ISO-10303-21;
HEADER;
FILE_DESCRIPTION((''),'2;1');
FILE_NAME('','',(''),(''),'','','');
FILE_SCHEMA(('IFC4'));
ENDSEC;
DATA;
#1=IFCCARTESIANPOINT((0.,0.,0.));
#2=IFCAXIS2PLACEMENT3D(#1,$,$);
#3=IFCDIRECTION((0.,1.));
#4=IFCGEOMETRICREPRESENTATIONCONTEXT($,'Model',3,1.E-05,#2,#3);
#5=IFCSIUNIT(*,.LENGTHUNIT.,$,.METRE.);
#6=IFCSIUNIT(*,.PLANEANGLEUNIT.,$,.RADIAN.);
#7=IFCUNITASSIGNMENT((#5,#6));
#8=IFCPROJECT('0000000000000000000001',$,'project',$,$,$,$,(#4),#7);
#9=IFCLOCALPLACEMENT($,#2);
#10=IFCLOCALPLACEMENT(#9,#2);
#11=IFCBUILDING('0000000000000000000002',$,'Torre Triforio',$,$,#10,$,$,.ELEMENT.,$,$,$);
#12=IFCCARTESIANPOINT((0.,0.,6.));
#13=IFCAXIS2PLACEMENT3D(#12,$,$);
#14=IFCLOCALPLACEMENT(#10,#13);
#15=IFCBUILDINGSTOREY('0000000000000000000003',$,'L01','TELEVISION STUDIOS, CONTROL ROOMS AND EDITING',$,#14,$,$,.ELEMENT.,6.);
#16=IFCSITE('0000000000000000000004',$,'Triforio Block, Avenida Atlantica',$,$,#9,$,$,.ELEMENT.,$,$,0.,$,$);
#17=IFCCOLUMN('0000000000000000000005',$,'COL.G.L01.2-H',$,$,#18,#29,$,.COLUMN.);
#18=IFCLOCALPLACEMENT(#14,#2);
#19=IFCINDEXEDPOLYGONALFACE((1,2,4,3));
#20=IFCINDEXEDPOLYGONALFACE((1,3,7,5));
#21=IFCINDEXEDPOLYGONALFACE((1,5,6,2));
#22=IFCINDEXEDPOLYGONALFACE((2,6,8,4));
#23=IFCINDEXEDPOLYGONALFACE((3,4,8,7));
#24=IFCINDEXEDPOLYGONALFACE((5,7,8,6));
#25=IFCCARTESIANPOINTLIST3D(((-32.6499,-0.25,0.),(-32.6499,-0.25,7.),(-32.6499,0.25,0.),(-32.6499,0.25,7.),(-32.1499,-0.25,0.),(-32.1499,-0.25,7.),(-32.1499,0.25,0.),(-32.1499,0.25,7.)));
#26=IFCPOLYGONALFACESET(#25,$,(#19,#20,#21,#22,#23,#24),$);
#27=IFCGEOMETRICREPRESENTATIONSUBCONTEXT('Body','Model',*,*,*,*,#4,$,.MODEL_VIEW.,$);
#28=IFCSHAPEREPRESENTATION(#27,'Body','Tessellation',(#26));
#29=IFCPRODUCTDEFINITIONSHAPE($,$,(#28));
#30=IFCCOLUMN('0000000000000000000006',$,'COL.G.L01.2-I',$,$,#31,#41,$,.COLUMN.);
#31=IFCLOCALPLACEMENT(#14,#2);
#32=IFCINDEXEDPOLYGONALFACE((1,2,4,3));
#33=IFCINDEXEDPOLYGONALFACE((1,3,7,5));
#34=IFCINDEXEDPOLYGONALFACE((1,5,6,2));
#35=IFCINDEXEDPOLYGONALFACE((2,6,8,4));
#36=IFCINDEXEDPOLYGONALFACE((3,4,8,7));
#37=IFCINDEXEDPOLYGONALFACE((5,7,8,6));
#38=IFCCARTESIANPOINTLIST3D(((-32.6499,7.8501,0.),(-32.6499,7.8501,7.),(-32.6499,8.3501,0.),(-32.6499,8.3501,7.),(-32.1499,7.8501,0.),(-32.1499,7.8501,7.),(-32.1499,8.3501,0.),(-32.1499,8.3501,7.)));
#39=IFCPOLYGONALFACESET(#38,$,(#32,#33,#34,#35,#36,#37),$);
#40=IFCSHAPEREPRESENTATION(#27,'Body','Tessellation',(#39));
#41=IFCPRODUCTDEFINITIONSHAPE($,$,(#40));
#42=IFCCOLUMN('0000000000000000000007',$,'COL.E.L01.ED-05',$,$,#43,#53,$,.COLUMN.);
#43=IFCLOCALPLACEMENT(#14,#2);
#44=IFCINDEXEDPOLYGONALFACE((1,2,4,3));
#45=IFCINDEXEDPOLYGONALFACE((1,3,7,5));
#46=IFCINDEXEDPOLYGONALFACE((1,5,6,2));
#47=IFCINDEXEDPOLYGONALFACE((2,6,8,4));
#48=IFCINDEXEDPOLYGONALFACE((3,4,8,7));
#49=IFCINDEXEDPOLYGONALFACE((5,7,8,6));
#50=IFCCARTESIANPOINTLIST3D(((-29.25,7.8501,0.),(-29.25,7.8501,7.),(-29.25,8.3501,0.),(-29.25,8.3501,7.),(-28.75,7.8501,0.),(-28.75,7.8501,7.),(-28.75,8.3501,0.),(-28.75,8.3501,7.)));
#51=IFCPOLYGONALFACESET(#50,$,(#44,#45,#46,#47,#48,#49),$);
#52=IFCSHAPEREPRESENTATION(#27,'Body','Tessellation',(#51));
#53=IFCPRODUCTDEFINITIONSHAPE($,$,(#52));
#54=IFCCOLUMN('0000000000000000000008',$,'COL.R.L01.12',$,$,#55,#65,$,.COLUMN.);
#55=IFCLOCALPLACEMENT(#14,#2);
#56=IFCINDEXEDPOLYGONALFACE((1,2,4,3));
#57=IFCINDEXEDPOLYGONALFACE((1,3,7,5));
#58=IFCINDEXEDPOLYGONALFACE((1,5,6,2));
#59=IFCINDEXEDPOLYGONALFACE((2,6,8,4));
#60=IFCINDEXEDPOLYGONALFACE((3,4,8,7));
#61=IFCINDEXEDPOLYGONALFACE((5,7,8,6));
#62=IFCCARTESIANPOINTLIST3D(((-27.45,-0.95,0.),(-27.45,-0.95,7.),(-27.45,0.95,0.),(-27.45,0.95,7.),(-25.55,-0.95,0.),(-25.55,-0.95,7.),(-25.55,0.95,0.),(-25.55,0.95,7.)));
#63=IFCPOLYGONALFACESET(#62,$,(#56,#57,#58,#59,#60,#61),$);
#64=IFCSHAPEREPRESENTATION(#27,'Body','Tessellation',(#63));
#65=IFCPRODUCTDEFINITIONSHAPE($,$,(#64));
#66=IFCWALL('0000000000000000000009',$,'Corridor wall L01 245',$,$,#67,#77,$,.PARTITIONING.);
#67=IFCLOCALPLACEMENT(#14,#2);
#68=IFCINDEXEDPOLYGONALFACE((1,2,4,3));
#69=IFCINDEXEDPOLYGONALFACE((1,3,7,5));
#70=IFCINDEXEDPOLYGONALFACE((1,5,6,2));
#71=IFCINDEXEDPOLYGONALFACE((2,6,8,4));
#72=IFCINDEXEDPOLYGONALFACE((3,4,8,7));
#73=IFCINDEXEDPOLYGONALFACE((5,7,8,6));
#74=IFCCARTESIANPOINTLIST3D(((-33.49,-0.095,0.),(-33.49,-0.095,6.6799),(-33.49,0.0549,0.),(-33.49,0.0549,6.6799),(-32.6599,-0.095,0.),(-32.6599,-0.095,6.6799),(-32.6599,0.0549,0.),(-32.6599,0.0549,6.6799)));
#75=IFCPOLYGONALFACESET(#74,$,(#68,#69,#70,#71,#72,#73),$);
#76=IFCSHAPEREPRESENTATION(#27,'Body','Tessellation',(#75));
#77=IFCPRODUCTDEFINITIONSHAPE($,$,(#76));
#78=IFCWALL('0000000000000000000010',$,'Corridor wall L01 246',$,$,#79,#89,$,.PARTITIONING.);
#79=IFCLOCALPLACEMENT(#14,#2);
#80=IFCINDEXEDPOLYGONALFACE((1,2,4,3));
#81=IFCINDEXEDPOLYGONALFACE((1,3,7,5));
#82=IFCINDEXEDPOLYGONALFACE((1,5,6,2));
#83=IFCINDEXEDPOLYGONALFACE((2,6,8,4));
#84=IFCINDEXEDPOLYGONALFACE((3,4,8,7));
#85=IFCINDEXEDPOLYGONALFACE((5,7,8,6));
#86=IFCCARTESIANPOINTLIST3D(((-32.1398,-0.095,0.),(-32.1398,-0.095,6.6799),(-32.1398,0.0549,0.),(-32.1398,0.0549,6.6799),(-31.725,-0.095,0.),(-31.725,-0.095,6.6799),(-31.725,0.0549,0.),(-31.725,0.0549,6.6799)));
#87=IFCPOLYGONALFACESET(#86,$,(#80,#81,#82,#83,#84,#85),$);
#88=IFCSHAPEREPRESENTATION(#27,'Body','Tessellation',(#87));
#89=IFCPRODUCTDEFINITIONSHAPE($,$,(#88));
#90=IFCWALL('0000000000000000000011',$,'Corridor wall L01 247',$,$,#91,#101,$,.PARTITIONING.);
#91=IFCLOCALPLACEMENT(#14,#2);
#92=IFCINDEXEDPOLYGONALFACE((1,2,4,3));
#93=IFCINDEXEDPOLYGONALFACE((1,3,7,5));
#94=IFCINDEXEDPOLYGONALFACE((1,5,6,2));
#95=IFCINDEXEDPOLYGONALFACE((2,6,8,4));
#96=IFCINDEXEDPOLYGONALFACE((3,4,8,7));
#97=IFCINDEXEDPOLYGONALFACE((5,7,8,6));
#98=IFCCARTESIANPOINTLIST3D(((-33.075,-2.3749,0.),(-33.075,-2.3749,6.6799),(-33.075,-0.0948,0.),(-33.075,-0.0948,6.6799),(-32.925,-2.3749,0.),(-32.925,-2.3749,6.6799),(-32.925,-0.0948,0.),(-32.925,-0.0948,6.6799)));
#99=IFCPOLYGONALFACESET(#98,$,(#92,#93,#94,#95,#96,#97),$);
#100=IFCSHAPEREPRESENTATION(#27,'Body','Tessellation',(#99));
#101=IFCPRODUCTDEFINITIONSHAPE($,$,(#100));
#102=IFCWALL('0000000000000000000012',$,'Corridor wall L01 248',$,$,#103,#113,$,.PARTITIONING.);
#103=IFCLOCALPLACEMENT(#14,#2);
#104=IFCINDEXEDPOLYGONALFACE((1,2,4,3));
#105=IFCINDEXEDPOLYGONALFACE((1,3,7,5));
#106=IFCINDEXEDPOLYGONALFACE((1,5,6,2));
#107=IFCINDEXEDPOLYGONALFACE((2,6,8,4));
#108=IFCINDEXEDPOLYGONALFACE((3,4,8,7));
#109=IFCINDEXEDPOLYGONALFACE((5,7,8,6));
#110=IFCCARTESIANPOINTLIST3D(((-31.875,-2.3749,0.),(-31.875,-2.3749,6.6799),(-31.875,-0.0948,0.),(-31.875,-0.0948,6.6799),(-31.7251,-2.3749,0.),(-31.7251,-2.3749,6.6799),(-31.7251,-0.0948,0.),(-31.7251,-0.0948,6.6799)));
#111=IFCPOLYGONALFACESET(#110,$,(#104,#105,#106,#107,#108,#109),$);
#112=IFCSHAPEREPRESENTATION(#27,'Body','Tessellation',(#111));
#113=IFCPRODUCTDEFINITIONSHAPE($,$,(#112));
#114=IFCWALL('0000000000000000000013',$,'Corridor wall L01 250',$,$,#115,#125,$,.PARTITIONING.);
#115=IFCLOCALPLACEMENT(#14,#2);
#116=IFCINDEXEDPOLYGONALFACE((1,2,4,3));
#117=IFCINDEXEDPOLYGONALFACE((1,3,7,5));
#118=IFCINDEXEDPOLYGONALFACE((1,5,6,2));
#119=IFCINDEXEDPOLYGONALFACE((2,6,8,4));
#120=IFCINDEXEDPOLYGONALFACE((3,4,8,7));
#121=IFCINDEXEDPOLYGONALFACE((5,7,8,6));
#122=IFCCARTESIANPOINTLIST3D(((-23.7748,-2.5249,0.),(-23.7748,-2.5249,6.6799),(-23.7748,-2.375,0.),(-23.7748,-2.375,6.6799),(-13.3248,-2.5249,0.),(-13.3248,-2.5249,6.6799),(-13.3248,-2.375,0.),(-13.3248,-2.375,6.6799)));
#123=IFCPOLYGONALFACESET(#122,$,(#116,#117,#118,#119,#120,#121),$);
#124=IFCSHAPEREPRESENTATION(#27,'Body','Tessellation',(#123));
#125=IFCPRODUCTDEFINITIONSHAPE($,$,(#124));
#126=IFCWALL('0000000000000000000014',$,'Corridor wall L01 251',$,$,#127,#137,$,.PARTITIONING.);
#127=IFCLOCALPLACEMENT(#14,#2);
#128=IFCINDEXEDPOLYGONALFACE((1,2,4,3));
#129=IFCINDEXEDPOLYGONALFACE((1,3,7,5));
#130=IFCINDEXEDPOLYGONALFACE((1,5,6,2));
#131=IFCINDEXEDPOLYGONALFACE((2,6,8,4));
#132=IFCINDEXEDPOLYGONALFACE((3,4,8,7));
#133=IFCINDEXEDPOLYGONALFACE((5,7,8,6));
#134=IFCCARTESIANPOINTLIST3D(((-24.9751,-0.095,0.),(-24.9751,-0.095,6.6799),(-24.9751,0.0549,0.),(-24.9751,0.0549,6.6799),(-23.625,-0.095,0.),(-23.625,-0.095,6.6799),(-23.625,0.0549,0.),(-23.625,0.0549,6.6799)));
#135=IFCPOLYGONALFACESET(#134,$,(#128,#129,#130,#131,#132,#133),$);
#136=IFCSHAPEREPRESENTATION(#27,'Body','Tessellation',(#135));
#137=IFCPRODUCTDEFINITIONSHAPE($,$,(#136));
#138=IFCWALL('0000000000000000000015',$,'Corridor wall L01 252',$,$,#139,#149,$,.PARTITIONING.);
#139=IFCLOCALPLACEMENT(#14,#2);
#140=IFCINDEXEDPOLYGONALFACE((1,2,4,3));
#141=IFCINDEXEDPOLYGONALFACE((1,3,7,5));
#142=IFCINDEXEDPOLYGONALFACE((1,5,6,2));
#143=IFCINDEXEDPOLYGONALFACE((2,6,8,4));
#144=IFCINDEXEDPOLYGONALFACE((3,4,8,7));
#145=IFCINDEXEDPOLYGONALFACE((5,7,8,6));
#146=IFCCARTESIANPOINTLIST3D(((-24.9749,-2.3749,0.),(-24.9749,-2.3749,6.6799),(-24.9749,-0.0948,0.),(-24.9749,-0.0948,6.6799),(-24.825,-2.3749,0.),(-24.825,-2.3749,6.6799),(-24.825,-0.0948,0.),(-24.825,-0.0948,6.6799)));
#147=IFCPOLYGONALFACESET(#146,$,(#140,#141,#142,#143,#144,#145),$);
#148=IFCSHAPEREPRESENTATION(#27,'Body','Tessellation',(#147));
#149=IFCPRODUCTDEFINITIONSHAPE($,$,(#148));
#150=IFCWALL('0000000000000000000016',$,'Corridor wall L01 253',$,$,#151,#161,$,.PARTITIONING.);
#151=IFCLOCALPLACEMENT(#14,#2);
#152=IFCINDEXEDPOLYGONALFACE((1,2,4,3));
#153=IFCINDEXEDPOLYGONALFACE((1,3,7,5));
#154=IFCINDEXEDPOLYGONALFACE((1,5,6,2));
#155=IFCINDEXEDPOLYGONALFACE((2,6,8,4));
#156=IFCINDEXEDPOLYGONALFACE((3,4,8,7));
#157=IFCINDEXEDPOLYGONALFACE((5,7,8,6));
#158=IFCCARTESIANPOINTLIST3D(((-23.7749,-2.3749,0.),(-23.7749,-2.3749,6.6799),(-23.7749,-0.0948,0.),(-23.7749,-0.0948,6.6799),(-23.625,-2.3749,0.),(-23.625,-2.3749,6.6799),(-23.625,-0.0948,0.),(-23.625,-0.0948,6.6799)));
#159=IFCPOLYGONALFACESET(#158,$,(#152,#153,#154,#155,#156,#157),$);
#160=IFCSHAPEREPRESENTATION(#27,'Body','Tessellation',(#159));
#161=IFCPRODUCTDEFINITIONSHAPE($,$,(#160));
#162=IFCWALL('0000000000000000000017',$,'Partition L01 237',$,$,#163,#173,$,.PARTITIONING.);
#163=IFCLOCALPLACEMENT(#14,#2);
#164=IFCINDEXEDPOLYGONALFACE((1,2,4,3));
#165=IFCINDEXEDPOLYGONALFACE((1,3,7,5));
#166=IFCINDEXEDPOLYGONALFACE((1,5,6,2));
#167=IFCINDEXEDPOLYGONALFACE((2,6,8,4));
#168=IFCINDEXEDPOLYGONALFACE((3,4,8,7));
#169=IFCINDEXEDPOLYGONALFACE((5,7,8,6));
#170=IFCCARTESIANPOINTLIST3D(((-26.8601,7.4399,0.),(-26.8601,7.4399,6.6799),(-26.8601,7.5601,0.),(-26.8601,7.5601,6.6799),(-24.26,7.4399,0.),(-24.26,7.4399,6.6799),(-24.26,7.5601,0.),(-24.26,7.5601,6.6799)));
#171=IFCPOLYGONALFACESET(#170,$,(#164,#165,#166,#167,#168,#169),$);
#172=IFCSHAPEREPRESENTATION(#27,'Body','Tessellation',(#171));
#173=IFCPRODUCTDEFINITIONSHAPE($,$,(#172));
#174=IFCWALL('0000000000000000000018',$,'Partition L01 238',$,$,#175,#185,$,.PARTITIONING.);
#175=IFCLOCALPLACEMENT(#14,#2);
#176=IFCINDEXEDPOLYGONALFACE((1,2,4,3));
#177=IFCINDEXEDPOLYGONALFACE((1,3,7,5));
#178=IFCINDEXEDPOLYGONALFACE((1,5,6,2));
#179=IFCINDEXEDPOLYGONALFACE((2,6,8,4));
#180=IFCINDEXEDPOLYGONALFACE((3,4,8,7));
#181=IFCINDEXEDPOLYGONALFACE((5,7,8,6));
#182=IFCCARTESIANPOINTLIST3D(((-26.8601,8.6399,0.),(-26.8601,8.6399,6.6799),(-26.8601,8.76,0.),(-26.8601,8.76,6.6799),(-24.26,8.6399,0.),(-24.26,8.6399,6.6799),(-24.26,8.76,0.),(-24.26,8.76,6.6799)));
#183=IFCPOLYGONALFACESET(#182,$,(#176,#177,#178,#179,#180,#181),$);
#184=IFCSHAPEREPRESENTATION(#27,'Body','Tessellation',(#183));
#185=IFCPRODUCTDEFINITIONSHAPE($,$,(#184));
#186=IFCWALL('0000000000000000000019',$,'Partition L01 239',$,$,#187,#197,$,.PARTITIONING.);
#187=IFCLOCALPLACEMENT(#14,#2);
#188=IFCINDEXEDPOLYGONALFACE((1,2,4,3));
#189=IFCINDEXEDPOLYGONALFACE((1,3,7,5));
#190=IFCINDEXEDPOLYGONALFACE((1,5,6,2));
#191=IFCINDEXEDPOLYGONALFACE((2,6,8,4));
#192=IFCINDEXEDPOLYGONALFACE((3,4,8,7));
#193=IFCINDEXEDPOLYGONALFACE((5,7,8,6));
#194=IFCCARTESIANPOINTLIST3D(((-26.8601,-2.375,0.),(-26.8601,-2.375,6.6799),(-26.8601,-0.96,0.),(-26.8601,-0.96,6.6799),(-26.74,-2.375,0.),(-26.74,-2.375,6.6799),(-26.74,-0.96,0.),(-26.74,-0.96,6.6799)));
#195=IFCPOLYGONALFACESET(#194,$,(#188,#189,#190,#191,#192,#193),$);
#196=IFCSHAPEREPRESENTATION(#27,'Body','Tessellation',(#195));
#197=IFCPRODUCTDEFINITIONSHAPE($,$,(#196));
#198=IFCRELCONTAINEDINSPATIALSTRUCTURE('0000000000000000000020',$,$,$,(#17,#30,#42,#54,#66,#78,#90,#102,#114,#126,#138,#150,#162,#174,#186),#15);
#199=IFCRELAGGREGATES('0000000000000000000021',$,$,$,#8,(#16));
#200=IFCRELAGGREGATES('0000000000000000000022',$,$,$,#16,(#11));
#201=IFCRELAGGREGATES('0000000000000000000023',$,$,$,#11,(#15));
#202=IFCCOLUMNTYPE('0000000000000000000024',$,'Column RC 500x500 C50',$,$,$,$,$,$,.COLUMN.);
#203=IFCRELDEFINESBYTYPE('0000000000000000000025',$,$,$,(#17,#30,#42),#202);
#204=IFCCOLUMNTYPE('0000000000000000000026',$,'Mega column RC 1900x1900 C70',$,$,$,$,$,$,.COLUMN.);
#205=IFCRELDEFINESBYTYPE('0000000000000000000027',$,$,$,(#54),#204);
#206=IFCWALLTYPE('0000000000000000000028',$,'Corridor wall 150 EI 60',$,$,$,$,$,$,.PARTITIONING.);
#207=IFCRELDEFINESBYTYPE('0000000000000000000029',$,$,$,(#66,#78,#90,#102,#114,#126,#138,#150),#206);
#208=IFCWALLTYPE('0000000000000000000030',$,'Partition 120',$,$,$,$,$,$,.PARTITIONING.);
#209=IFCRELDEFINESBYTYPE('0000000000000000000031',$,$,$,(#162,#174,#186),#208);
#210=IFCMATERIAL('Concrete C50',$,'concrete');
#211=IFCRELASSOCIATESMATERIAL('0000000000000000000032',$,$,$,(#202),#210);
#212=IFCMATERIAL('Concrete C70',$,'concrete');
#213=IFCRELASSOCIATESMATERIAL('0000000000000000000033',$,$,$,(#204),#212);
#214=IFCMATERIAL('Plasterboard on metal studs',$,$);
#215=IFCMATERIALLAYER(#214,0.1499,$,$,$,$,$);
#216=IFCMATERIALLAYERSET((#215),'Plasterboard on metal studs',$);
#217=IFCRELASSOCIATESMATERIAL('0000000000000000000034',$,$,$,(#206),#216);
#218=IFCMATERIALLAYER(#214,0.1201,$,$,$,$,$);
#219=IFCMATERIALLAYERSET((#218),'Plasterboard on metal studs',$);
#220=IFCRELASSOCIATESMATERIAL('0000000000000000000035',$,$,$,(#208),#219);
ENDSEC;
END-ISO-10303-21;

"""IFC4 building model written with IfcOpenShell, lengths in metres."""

from ifc_helpers import new_model, si_unit, direction, frame, frame_2d, origin, origin_2d, place, context, subcontext, project, spatial, rectangle, extrude, material, layer, layer_set, material_profile, profile_set, type_object, element, save


model = new_model("IFC4")

# Units and contexts
model_context = context("Model", 3, precision=1e-05, world=origin(), true_north=direction((0.0, 1.0)))
body_context = subcontext(model_context, "Body", "Model", "MODEL_VIEW")
ifc_project = project(units=[si_unit("LENGTHUNIT", "METRE"), si_unit("PLANEANGLEUNIT", "RADIAN")], contexts=[model_context])

# Site, building, storey
site_placement = place(None, origin())
site = spatial("IfcSite", under=ifc_project, at=site_placement, Name="Triforio Block, Avenida Atlantica", CompositionType="ELEMENT", RefElevation=0.0)
building_placement = place(site_placement, origin())
building = spatial("IfcBuilding", under=site, at=building_placement, Name="Torre Triforio", CompositionType="ELEMENT")
storey_placement = place(building_placement, frame((0.0, 0.0, 6.0)))
storey = spatial("IfcBuildingStorey", under=building, at=storey_placement, Name="L01", Description="TELEVISION STUDIOS, CONTROL ROOMS AND EDITING", CompositionType="ELEMENT", Elevation=6.0)

# Columns
ifc_material_1 = material(Name="Concrete C50", Category="concrete")
ifc_material_profile_1 = material_profile(ifc_material_1, rectangle(XDim=0.5, YDim=0.5, at=origin_2d()), Name="RC 500x500")
ifc_profile_set_1 = profile_set([ifc_material_profile_1], Name="Concrete C50")
column_type_1 = type_object("IfcColumnType", Name="Column RC 500x500 C50", PredefinedType="COLUMN", material=ifc_profile_set_1)
for number, where, z_axis, x_axis, name in (
    (1, (-32.3999, 0.0, 0.0), (0.0, 0.0, 1.0), (1.0, 0.0, 0.0), "COL.G.L01.2-H"),
    (2, (-32.3999, 8.1001, 0.0), (0.0, 0.0, 1.0), (1.0, 0.0, 0.0), "COL.G.L01.2-I"),
    (3, (-29.0, 8.1001, 0.0), (0.0, 0.0, 1.0), (1.0, 0.0, 0.0), "COL.E.L01.ED-05"),
):
    element("IfcColumn", number, at=place(storey_placement, frame(where, z_axis=z_axis, x_axis=x_axis)), inside=storey, type_object=column_type_1, Name=name, PredefinedType="COLUMN", context=body_context, shape_type="SweptSolid", body=[
        extrude(rectangle(XDim=0.5, YDim=0.5, at=origin_2d()), origin(), (0.0, 0.0, 1.0), 7.0),
    ])
ifc_material_2 = material(Name="Concrete C70", Category="concrete")
ifc_material_profile_2 = material_profile(ifc_material_2, rectangle(XDim=1.8999, YDim=1.8999, at=origin_2d()), Name="RC 1900x1900")
ifc_profile_set_2 = profile_set([ifc_material_profile_2], Name="Concrete C70")
column_type_2 = type_object("IfcColumnType", Name="Mega column RC 1900x1900 C70", PredefinedType="COLUMN", material=ifc_profile_set_2)
column_placement = place(storey_placement, frame((-26.5, 0.0, 0.0), z_axis=(0.0, 0.0, 1.0), x_axis=(0.0, -1.0, 0.0)))
element("IfcColumn", 4, at=column_placement, inside=storey, type_object=column_type_2, Name="COL.R.L01.12", PredefinedType="COLUMN", context=body_context, shape_type="SweptSolid", body=[
    extrude(rectangle(XDim=1.8999, YDim=1.8999, at=origin_2d()), origin(), (0.0, 0.0, 1.0), 7.0),
])

# Walls
ifc_material_3 = material(Name="Plasterboard on metal studs")
ifc_layer_1 = layer(ifc_material_3, 0.1499)
ifc_layer_set_1 = layer_set([ifc_layer_1], Name="Plasterboard on metal studs")
wall_type_1 = type_object("IfcWallType", Name="Corridor wall 150 EI 60", PredefinedType="PARTITIONING", material=ifc_layer_set_1)
wall_1_placement = place(storey_placement, frame((-33.49, -0.02, 0.0), z_axis=(0.0, 0.0, 1.0), x_axis=(1.0, 0.0, 0.0)))
element("IfcWall", 5, at=wall_1_placement, inside=storey, type_object=wall_type_1, Name="Corridor wall L01 245", PredefinedType="PARTITIONING", context=body_context, shape_type="SweptSolid", body=[
    extrude(rectangle(XDim=0.8301, YDim=0.1499, at=frame_2d((0.415, 0.0))), origin(), (0.0, 0.0, 1.0), 6.6799),
])
wall_2_placement = place(storey_placement, frame((-32.1399, -0.02, 0.0), z_axis=(0.0, 0.0, 1.0), x_axis=(1.0, 0.0, 0.0)))
element("IfcWall", 6, at=wall_2_placement, inside=storey, type_object=wall_type_1, Name="Corridor wall L01 246", PredefinedType="PARTITIONING", context=body_context, shape_type="SweptSolid", body=[
    extrude(rectangle(XDim=0.4148, YDim=0.1499, at=frame_2d((0.2075, 0.0))), origin(), (0.0, 0.0, 1.0), 6.6799),
])
for number, where, z_axis, x_axis, name in (
    (7, (-33.0, -2.375, 0.0), (0.0, 0.0, 1.0), (0.0, 1.0, 0.0), "Corridor wall L01 247"),
    (8, (-31.8, -2.375, 0.0), (0.0, 0.0, 1.0), (0.0, 1.0, 0.0), "Corridor wall L01 248"),
):
    element("IfcWall", number, at=place(storey_placement, frame(where, z_axis=z_axis, x_axis=x_axis)), inside=storey, type_object=wall_type_1, Name=name, PredefinedType="PARTITIONING", context=body_context, shape_type="SweptSolid", body=[
        extrude(rectangle(XDim=2.28, YDim=0.1499, at=frame_2d((1.1401, 0.0))), origin(), (0.0, 0.0, 1.0), 6.6799),
    ])
wall_3_placement = place(storey_placement, frame((-23.7749, -2.45, 0.0), z_axis=(0.0, 0.0, 1.0), x_axis=(1.0, 0.0, 0.0)))
element("IfcWall", 9, at=wall_3_placement, inside=storey, type_object=wall_type_1, Name="Corridor wall L01 250", PredefinedType="PARTITIONING", context=body_context, shape_type="SweptSolid", body=[
    extrude(rectangle(XDim=10.45, YDim=0.1499, at=frame_2d((5.2251, 0.0))), origin(), (0.0, 0.0, 1.0), 6.6799),
])
wall_4_placement = place(storey_placement, frame((-24.9751, -0.02, 0.0), z_axis=(0.0, 0.0, 1.0), x_axis=(1.0, 0.0, 0.0)))
element("IfcWall", 10, at=wall_4_placement, inside=storey, type_object=wall_type_1, Name="Corridor wall L01 251", PredefinedType="PARTITIONING", context=body_context, shape_type="SweptSolid", body=[
    extrude(rectangle(XDim=1.3501, YDim=0.1499, at=frame_2d((0.675, 0.0))), origin(), (0.0, 0.0, 1.0), 6.6799),
])
for number, where, z_axis, x_axis, name in (
    (11, (-24.8999, -2.375, 0.0), (0.0, 0.0, 1.0), (0.0, 1.0, 0.0), "Corridor wall L01 252"),
    (12, (-23.7, -2.375, 0.0), (0.0, 0.0, 1.0), (0.0, 1.0, 0.0), "Corridor wall L01 253"),
):
    element("IfcWall", number, at=place(storey_placement, frame(where, z_axis=z_axis, x_axis=x_axis)), inside=storey, type_object=wall_type_1, Name=name, PredefinedType="PARTITIONING", context=body_context, shape_type="SweptSolid", body=[
        extrude(rectangle(XDim=2.28, YDim=0.1499, at=frame_2d((1.1401, 0.0))), origin(), (0.0, 0.0, 1.0), 6.6799),
    ])
ifc_layer_2 = layer(ifc_material_3, 0.1201)
ifc_layer_set_2 = layer_set([ifc_layer_2], Name="Plasterboard on metal studs")
wall_type_2 = type_object("IfcWallType", Name="Partition 120", PredefinedType="PARTITIONING", material=ifc_layer_set_2)
for number, where, z_axis, x_axis, name in (
    (13, (-26.8601, 7.5, 0.0), (0.0, 0.0, 1.0), (1.0, 0.0, 0.0), "Partition L01 237"),
    (14, (-26.8601, 8.7, 0.0), (0.0, 0.0, 1.0), (1.0, 0.0, 0.0), "Partition L01 238"),
):
    element("IfcWall", number, at=place(storey_placement, frame(where, z_axis=z_axis, x_axis=x_axis)), inside=storey, type_object=wall_type_2, Name=name, PredefinedType="PARTITIONING", context=body_context, shape_type="SweptSolid", body=[
        extrude(rectangle(XDim=2.6001, YDim=0.1201, at=frame_2d((1.3, 0.0))), origin(), (0.0, 0.0, 1.0), 6.6799),
    ])
wall_5_placement = place(storey_placement, frame((-26.8, -2.375, 0.0), z_axis=(0.0, 0.0, 1.0), x_axis=(0.0, 1.0, 0.0)))
element("IfcWall", 15, at=wall_5_placement, inside=storey, type_object=wall_type_2, Name="Partition L01 239", PredefinedType="PARTITIONING", context=body_context, shape_type="SweptSolid", body=[
    extrude(rectangle(XDim=1.415, YDim=0.1201, at=frame_2d((0.7075, 0.0))), origin(), (0.0, 0.0, 1.0), 6.6799),
])

save(model, "model.ifc")
